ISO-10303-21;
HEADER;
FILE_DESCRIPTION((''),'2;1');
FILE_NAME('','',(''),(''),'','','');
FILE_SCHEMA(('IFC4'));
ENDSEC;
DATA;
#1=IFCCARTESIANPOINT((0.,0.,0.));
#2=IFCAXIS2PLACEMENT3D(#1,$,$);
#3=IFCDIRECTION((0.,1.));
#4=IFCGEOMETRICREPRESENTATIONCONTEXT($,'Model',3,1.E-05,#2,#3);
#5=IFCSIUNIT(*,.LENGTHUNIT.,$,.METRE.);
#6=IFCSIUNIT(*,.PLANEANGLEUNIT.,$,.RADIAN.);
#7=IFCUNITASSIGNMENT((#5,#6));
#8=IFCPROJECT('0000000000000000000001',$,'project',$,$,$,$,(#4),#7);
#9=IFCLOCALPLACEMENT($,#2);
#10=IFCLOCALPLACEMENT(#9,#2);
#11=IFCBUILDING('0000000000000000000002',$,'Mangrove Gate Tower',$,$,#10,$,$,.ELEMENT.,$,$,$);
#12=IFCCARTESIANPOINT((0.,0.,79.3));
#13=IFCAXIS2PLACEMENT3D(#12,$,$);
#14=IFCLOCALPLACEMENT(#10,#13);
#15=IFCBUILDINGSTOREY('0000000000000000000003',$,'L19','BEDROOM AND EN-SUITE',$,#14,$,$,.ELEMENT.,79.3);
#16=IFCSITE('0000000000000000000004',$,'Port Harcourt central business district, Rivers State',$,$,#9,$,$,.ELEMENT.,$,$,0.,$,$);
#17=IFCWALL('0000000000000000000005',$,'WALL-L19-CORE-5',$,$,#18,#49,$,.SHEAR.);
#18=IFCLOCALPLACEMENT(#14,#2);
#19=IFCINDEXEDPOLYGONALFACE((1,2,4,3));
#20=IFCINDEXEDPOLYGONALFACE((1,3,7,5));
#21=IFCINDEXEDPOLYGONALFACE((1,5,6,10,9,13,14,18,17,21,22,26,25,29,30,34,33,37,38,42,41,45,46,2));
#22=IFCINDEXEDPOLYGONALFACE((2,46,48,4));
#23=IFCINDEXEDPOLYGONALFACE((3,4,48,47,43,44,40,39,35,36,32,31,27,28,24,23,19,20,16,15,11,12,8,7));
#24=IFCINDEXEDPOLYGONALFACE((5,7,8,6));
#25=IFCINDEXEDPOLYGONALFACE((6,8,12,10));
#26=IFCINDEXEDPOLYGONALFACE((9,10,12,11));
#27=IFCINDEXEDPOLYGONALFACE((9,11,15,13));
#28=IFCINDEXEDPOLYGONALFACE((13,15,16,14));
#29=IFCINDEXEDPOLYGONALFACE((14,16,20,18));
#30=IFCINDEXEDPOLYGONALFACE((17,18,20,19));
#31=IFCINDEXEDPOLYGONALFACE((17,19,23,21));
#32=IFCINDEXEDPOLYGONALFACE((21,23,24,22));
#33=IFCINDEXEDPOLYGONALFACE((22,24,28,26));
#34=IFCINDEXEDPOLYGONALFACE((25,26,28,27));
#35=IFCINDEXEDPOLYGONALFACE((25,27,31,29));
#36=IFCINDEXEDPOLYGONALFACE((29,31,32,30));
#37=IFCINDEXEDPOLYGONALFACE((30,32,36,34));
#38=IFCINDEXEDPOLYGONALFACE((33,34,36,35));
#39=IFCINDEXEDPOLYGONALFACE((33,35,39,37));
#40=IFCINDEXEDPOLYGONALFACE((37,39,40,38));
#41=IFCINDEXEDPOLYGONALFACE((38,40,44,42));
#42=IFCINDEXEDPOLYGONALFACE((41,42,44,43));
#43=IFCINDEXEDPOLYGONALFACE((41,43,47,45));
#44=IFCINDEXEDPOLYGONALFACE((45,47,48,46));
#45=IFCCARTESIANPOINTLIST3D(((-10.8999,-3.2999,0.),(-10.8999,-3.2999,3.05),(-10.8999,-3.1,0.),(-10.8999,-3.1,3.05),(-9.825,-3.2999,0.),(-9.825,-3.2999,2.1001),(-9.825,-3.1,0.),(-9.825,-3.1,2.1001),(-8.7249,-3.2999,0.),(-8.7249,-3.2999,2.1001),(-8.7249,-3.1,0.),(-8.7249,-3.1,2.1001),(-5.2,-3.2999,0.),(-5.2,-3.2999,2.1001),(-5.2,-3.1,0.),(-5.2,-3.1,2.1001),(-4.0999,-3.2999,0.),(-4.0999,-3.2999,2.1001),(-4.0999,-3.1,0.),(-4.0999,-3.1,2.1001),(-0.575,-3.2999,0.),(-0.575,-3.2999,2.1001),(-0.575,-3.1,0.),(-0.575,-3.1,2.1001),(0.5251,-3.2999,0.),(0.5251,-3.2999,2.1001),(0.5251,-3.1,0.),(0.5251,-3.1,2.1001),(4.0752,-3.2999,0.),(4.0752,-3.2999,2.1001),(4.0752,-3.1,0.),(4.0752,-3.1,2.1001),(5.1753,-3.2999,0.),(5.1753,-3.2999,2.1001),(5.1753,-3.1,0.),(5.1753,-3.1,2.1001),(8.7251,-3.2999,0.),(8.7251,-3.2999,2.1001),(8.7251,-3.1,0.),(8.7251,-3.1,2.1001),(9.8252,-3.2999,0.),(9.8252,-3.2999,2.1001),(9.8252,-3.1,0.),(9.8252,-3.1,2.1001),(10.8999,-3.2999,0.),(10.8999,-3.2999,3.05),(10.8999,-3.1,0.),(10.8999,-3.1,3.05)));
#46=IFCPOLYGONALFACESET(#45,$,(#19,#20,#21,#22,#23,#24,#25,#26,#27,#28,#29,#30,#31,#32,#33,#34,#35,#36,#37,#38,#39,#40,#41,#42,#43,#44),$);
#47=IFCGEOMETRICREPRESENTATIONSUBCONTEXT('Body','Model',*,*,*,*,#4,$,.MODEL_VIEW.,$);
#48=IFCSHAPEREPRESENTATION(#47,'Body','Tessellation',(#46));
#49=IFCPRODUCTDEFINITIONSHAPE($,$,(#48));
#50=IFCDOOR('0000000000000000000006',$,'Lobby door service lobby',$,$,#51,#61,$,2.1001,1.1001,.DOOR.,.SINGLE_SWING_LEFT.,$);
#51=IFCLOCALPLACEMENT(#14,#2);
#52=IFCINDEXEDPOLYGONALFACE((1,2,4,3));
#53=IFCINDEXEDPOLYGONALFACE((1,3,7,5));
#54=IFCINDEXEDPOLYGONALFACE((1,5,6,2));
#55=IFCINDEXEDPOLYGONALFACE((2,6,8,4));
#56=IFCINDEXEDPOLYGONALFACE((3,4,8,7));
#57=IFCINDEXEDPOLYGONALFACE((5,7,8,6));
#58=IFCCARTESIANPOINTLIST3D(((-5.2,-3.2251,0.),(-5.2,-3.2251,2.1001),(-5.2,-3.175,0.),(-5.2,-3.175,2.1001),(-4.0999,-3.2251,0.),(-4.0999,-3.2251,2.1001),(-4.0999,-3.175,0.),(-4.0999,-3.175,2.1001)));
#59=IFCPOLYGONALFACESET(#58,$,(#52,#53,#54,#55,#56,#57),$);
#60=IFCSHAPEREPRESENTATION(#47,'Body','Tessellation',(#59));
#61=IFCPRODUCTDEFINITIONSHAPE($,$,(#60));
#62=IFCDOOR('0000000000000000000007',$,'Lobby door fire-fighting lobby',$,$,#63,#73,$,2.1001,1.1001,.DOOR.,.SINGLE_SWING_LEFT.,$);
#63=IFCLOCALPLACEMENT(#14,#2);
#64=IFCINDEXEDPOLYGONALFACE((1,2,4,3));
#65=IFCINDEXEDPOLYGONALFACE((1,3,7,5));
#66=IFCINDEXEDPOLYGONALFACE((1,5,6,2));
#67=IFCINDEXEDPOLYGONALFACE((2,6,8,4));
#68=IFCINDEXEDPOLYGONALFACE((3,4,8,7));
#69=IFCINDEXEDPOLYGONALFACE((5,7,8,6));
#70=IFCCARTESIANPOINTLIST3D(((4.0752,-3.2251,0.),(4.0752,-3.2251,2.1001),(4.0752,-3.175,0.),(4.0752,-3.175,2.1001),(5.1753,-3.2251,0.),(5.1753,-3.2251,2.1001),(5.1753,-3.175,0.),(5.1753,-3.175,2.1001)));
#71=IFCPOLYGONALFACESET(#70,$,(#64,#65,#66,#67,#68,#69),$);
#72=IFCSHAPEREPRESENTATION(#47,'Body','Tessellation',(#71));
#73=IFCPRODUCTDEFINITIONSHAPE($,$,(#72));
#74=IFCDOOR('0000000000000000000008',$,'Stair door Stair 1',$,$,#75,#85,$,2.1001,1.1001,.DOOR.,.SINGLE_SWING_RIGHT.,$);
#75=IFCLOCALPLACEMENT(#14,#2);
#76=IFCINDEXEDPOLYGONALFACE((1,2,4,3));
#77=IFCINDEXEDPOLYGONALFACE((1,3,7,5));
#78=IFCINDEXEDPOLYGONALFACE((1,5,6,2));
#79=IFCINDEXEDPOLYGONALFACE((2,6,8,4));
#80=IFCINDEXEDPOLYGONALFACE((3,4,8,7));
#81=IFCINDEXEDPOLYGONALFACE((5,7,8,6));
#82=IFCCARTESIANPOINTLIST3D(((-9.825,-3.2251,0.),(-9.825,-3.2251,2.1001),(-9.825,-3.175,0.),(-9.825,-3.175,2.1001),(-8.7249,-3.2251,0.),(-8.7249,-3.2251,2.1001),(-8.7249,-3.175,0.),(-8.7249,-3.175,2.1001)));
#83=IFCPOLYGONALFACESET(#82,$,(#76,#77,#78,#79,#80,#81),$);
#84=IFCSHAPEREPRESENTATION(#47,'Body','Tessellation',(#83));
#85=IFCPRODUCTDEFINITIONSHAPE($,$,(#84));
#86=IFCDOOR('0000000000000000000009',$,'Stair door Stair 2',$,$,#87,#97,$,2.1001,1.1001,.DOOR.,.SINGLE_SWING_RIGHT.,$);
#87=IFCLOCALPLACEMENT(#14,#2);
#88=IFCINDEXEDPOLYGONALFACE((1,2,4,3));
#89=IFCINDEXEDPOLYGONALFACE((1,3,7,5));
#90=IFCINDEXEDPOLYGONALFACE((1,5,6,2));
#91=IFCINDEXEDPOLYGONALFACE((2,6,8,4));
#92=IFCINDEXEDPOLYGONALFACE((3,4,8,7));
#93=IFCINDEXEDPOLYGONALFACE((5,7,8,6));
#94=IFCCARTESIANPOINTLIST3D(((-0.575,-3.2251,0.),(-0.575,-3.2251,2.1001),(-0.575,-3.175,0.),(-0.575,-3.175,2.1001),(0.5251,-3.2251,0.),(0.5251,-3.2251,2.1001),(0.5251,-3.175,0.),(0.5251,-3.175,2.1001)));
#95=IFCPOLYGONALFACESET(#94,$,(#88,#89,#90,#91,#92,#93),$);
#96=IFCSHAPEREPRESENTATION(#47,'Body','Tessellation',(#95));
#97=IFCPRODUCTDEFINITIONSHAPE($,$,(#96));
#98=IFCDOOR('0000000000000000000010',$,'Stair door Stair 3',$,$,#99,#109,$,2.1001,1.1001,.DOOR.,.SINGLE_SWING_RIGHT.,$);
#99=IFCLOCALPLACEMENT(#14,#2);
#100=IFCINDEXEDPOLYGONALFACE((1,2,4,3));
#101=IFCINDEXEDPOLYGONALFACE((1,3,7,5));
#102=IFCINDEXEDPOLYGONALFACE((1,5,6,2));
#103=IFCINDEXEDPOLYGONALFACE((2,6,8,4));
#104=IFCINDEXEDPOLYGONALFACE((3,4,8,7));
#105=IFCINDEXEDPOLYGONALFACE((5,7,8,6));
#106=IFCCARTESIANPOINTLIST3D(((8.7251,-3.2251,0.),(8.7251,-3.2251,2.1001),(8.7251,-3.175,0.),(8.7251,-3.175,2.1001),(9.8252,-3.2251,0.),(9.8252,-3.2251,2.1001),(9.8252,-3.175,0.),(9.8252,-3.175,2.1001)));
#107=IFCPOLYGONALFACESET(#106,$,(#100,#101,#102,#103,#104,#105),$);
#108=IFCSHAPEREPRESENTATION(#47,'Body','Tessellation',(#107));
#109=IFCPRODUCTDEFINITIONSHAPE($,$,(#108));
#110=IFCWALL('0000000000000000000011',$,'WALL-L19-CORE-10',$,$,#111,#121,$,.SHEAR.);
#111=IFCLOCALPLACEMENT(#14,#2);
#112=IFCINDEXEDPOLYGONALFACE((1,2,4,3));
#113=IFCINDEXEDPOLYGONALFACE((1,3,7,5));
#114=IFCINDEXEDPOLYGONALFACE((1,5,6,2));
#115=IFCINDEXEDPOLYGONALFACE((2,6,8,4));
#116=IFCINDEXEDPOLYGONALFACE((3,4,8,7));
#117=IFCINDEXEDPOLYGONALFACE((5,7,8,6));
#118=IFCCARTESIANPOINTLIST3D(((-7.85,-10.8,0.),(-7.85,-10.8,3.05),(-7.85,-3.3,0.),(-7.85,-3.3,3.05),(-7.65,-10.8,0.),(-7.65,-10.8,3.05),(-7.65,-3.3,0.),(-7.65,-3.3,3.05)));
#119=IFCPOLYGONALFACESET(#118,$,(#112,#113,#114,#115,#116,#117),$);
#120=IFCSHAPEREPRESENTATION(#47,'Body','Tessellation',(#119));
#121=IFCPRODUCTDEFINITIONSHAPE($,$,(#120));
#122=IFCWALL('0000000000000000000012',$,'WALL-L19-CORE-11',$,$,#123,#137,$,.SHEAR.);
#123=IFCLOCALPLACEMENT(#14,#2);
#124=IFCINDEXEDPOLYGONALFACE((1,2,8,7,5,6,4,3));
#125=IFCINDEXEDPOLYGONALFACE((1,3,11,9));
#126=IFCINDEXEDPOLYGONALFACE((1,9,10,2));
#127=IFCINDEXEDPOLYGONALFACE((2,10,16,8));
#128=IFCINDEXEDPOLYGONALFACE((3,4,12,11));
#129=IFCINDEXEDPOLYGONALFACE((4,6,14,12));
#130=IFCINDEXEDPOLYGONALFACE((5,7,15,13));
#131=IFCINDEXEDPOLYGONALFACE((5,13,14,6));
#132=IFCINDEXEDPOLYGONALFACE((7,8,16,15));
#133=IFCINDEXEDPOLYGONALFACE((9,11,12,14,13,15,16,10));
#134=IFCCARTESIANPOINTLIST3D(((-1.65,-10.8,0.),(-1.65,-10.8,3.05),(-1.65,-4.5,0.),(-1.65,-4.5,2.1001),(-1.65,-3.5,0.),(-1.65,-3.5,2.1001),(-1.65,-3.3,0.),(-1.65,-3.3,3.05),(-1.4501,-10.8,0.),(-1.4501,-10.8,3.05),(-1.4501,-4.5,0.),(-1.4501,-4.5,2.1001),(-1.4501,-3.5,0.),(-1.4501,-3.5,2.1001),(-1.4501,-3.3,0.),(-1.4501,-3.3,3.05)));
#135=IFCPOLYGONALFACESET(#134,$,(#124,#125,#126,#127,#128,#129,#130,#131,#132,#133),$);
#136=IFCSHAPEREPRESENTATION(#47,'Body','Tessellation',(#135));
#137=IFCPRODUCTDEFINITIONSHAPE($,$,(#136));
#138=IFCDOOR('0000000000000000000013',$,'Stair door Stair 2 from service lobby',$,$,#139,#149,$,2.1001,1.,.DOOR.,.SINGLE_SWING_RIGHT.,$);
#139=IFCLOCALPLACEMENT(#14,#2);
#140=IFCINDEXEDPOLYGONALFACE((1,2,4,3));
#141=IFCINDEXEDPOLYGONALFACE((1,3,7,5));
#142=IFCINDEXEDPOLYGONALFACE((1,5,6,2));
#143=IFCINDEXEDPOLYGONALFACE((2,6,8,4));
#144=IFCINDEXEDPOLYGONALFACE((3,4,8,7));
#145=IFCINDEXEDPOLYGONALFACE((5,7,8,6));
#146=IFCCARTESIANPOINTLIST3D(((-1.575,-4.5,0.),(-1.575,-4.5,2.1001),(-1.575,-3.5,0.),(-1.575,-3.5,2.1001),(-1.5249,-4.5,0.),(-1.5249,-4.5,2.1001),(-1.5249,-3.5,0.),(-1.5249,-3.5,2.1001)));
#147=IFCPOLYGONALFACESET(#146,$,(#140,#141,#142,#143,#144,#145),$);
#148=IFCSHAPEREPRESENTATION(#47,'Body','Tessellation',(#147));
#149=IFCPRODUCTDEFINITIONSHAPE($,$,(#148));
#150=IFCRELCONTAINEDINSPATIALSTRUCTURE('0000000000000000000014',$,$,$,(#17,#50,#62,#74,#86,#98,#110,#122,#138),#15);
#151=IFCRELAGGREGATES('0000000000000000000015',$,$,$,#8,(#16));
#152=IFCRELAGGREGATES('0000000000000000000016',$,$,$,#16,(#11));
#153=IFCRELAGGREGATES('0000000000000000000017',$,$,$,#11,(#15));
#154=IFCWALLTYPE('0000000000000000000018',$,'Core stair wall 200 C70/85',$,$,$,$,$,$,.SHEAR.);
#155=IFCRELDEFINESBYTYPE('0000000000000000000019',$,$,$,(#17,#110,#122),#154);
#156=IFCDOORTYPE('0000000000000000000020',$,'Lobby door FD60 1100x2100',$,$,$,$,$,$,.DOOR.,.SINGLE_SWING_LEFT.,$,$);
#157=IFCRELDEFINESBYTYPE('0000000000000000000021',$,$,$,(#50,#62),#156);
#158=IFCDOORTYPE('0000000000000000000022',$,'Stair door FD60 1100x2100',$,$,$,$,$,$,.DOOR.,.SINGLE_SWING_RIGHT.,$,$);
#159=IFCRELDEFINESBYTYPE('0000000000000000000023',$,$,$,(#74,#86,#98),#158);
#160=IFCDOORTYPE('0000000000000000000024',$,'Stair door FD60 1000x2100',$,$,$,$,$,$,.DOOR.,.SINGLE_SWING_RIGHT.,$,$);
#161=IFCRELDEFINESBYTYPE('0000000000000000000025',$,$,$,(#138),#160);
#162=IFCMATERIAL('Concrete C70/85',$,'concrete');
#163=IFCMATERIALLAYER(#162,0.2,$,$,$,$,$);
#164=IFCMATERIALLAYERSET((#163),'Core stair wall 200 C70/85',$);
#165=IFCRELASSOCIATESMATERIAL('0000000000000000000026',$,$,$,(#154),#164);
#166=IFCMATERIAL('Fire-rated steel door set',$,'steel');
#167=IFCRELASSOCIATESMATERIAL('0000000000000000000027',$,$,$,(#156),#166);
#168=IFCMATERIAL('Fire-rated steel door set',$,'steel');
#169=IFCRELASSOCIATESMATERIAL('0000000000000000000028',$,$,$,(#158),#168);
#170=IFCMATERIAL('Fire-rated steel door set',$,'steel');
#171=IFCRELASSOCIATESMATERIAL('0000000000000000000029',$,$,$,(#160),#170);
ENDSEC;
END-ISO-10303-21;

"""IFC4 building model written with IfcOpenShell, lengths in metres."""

from ifc_helpers import new_model, si_unit, direction, frame, frame_2d, origin, place, context, subcontext, project, spatial, rectangle, extrude, material, layer, layer_set, type_object, element, fill, save


model = new_model("IFC4")

# Units and contexts
model_context = context("Model", 3, precision=1e-05, world=origin(), true_north=direction((0.0, 1.0)))
body_context = subcontext(model_context, "Body", "Model", "MODEL_VIEW")
ifc_project = project(units=[si_unit("LENGTHUNIT", "METRE"), si_unit("PLANEANGLEUNIT", "RADIAN")], contexts=[model_context])

# Site, building, storey
site_placement = place(None, origin())
site = spatial("IfcSite", under=ifc_project, at=site_placement, Name="Port Harcourt central business district, Rivers State", CompositionType="ELEMENT", RefElevation=0.0)
building_placement = place(site_placement, origin())
building = spatial("IfcBuilding", under=site, at=building_placement, Name="Mangrove Gate Tower", CompositionType="ELEMENT")
storey_placement = place(building_placement, frame((0.0, 0.0, 79.3)))
storey = spatial("IfcBuildingStorey", under=building, at=storey_placement, Name="L19", Description="BEDROOM AND EN-SUITE", CompositionType="ELEMENT", Elevation=79.3)

# Wall, openings, doors
ifc_material_1 = material(Name="Concrete C70/85", Category="concrete")
ifc_layer_1 = layer(ifc_material_1, 0.2)
ifc_layer_set_1 = layer_set([ifc_layer_1], Name="Core stair wall 200 C70/85")
wall_type_1 = type_object("IfcWallType", Name="Core stair wall 200 C70/85", PredefinedType="SHEAR", material=ifc_layer_set_1)
wall_1_placement = place(storey_placement, frame((-10.8999, -3.2, 0.0), z_axis=(0.0, 0.0, 1.0), x_axis=(1.0, 0.0, 0.0)))
wall_1 = element("IfcWall", 1, at=wall_1_placement, inside=storey, type_object=wall_type_1, Name="WALL-L19-CORE-5", PredefinedType="SHEAR", context=body_context, shape_type="SweptSolid", body=[
    extrude(rectangle(XDim=21.7998, YDim=0.2, at=frame_2d((10.8999, 0.0))), origin(), (0.0, 0.0, 1.0), 3.05),
])
opening_1_placement = place(wall_1_placement, frame((1.075, 0.0, 0.0)))
opening_1 = element("IfcOpeningElement", 2, at=opening_1_placement, cuts=wall_1, PredefinedType="OPENING", context=body_context, shape_type="SweptSolid", body=[
    extrude(rectangle(XDim=1.1001, YDim=2.1001, at=frame_2d((0.55, 1.05))), frame((0.0, 0.1099, 0.0), z_axis=(0.0, -1.0, 0.0), x_axis=(1.0, 0.0, 0.0)), (0.0, 0.0, 1.0), 0.22),
])
opening_2_placement = place(wall_1_placement, frame((10.325, 0.0, 0.0)))
opening_2 = element("IfcOpeningElement", 3, at=opening_2_placement, cuts=wall_1, PredefinedType="OPENING", context=body_context, shape_type="SweptSolid", body=[
    extrude(rectangle(XDim=1.1001, YDim=2.1001, at=frame_2d((0.55, 1.05))), frame((0.0, 0.1099, 0.0), z_axis=(0.0, -1.0, 0.0), x_axis=(1.0, 0.0, 0.0)), (0.0, 0.0, 1.0), 0.22),
])
opening_3_placement = place(wall_1_placement, frame((19.625, 0.0, 0.0)))
opening_3 = element("IfcOpeningElement", 4, at=opening_3_placement, cuts=wall_1, PredefinedType="OPENING", context=body_context, shape_type="SweptSolid", body=[
    extrude(rectangle(XDim=1.1001, YDim=2.1001, at=frame_2d((0.55, 1.05))), frame((0.0, 0.1099, 0.0), z_axis=(0.0, -1.0, 0.0), x_axis=(1.0, 0.0, 0.0)), (0.0, 0.0, 1.0), 0.22),
])
opening_4_placement = place(wall_1_placement, frame((5.7, 0.0, 0.0)))
opening_4 = element("IfcOpeningElement", 5, at=opening_4_placement, cuts=wall_1, PredefinedType="OPENING", context=body_context, shape_type="SweptSolid", body=[
    extrude(rectangle(XDim=1.1001, YDim=2.1001, at=frame_2d((0.55, 1.05))), frame((0.0, 0.1099, 0.0), z_axis=(0.0, -1.0, 0.0), x_axis=(1.0, 0.0, 0.0)), (0.0, 0.0, 1.0), 0.22),
])
opening_5_placement = place(wall_1_placement, frame((14.9751, 0.0, 0.0)))
opening_5 = element("IfcOpeningElement", 6, at=opening_5_placement, cuts=wall_1, PredefinedType="OPENING", context=body_context, shape_type="SweptSolid", body=[
    extrude(rectangle(XDim=1.1001, YDim=2.1001, at=frame_2d((0.55, 1.05))), frame((0.0, 0.1099, 0.0), z_axis=(0.0, -1.0, 0.0), x_axis=(1.0, 0.0, 0.0)), (0.0, 0.0, 1.0), 0.22),
])
ifc_material_2 = material(Name="Fire-rated steel door set", Category="steel")
door_type_1 = type_object("IfcDoorType", Name="Lobby door FD60 1100x2100", OperationType="SINGLE_SWING_LEFT", PredefinedType="DOOR", material=ifc_material_2)
door_1_placement = place(opening_4_placement, origin())
door_1 = element("IfcDoor", 7, at=door_1_placement, inside=storey, type_object=door_type_1, Name="Lobby door service lobby", OperationType="SINGLE_SWING_LEFT", OverallHeight=2.1001, OverallWidth=1.1001, PredefinedType="DOOR", context=body_context, shape_type="SweptSolid", body=[
    extrude(rectangle(XDim=1.1001, YDim=2.1001, at=frame_2d((0.55, 1.05))), frame((0.0, 0.0249, 0.0), z_axis=(0.0, -1.0, 0.0), x_axis=(1.0, 0.0, 0.0)), (0.0, 0.0, 1.0), 0.05),
])
fill(opening_4, door_1)
door_2_placement = place(opening_5_placement, origin())
door_2 = element("IfcDoor", 8, at=door_2_placement, inside=storey, type_object=door_type_1, Name="Lobby door fire-fighting lobby", OperationType="SINGLE_SWING_LEFT", OverallHeight=2.1001, OverallWidth=1.1001, PredefinedType="DOOR", context=body_context, shape_type="SweptSolid", body=[
    extrude(rectangle(XDim=1.1001, YDim=2.1001, at=frame_2d((0.55, 1.05))), frame((0.0, 0.0249, 0.0), z_axis=(0.0, -1.0, 0.0), x_axis=(1.0, 0.0, 0.0)), (0.0, 0.0, 1.0), 0.05),
])
fill(opening_5, door_2)
ifc_material_3 = material(Name="Fire-rated steel door set", Category="steel")
door_type_2 = type_object("IfcDoorType", Name="Stair door FD60 1100x2100", OperationType="SINGLE_SWING_RIGHT", PredefinedType="DOOR", material=ifc_material_3)
door_3_placement = place(opening_1_placement, origin())
door_3 = element("IfcDoor", 9, at=door_3_placement, inside=storey, type_object=door_type_2, Name="Stair door Stair 1", OperationType="SINGLE_SWING_RIGHT", OverallHeight=2.1001, OverallWidth=1.1001, PredefinedType="DOOR", context=body_context, shape_type="SweptSolid", body=[
    extrude(rectangle(XDim=1.1001, YDim=2.1001, at=frame_2d((0.55, 1.05))), frame((0.0, 0.0249, 0.0), z_axis=(0.0, -1.0, 0.0), x_axis=(1.0, 0.0, 0.0)), (0.0, 0.0, 1.0), 0.05),
])
fill(opening_1, door_3)
door_4_placement = place(opening_2_placement, origin())
door_4 = element("IfcDoor", 10, at=door_4_placement, inside=storey, type_object=door_type_2, Name="Stair door Stair 2", OperationType="SINGLE_SWING_RIGHT", OverallHeight=2.1001, OverallWidth=1.1001, PredefinedType="DOOR", context=body_context, shape_type="SweptSolid", body=[
    extrude(rectangle(XDim=1.1001, YDim=2.1001, at=frame_2d((0.55, 1.05))), frame((0.0, 0.0249, 0.0), z_axis=(0.0, -1.0, 0.0), x_axis=(1.0, 0.0, 0.0)), (0.0, 0.0, 1.0), 0.05),
])
fill(opening_2, door_4)
door_5_placement = place(opening_3_placement, origin())
door_5 = element("IfcDoor", 11, at=door_5_placement, inside=storey, type_object=door_type_2, Name="Stair door Stair 3", OperationType="SINGLE_SWING_RIGHT", OverallHeight=2.1001, OverallWidth=1.1001, PredefinedType="DOOR", context=body_context, shape_type="SweptSolid", body=[
    extrude(rectangle(XDim=1.1001, YDim=2.1001, at=frame_2d((0.55, 1.05))), frame((0.0, 0.0249, 0.0), z_axis=(0.0, -1.0, 0.0), x_axis=(1.0, 0.0, 0.0)), (0.0, 0.0, 1.0), 0.05),
])
fill(opening_3, door_5)

# Wall
wall_2_placement = place(storey_placement, frame((-7.75, -10.8, 0.0), z_axis=(0.0, 0.0, 1.0), x_axis=(0.0, 1.0, 0.0)))
element("IfcWall", 12, at=wall_2_placement, inside=storey, type_object=wall_type_1, Name="WALL-L19-CORE-10", PredefinedType="SHEAR", context=body_context, shape_type="SweptSolid", body=[
    extrude(rectangle(XDim=7.5, YDim=0.2, at=frame_2d((3.75, 0.0))), origin(), (0.0, 0.0, 1.0), 3.05),
])

# Wall, opening, door
wall_3_placement = place(storey_placement, frame((-1.55, -10.8, 0.0), z_axis=(0.0, 0.0, 1.0), x_axis=(0.0, 1.0, 0.0)))
wall_3 = element("IfcWall", 13, at=wall_3_placement, inside=storey, type_object=wall_type_1, Name="WALL-L19-CORE-11", PredefinedType="SHEAR", context=body_context, shape_type="SweptSolid", body=[
    extrude(rectangle(XDim=7.5, YDim=0.2, at=frame_2d((3.75, 0.0))), origin(), (0.0, 0.0, 1.0), 3.05),
])
opening_6_placement = place(wall_3_placement, frame((6.3, 0.0, 0.0)))
opening_6 = element("IfcOpeningElement", 14, at=opening_6_placement, cuts=wall_3, PredefinedType="OPENING", context=body_context, shape_type="SweptSolid", body=[
    extrude(rectangle(XDim=1.0, YDim=2.1001, at=frame_2d((0.5, 1.05))), frame((0.0, 0.1099, 0.0), z_axis=(0.0, -1.0, 0.0), x_axis=(1.0, 0.0, 0.0)), (0.0, 0.0, 1.0), 0.22),
])
ifc_material_4 = material(Name="Fire-rated steel door set", Category="steel")
door_type_3 = type_object("IfcDoorType", Name="Stair door FD60 1000x2100", OperationType="SINGLE_SWING_RIGHT", PredefinedType="DOOR", material=ifc_material_4)
door_6_placement = place(opening_6_placement, origin())
door_6 = element("IfcDoor", 15, at=door_6_placement, inside=storey, type_object=door_type_3, Name="Stair door Stair 2 from service lobby", OperationType="SINGLE_SWING_RIGHT", OverallHeight=2.1001, OverallWidth=1.0, PredefinedType="DOOR", context=body_context, shape_type="SweptSolid", body=[
    extrude(rectangle(XDim=1.0, YDim=2.1001, at=frame_2d((0.5, 1.05))), frame((0.0, 0.0249, 0.0), z_axis=(0.0, -1.0, 0.0), x_axis=(1.0, 0.0, 0.0)), (0.0, 0.0, 1.0), 0.05),
])
fill(opening_6, door_6)

save(model, "model.ifc")
